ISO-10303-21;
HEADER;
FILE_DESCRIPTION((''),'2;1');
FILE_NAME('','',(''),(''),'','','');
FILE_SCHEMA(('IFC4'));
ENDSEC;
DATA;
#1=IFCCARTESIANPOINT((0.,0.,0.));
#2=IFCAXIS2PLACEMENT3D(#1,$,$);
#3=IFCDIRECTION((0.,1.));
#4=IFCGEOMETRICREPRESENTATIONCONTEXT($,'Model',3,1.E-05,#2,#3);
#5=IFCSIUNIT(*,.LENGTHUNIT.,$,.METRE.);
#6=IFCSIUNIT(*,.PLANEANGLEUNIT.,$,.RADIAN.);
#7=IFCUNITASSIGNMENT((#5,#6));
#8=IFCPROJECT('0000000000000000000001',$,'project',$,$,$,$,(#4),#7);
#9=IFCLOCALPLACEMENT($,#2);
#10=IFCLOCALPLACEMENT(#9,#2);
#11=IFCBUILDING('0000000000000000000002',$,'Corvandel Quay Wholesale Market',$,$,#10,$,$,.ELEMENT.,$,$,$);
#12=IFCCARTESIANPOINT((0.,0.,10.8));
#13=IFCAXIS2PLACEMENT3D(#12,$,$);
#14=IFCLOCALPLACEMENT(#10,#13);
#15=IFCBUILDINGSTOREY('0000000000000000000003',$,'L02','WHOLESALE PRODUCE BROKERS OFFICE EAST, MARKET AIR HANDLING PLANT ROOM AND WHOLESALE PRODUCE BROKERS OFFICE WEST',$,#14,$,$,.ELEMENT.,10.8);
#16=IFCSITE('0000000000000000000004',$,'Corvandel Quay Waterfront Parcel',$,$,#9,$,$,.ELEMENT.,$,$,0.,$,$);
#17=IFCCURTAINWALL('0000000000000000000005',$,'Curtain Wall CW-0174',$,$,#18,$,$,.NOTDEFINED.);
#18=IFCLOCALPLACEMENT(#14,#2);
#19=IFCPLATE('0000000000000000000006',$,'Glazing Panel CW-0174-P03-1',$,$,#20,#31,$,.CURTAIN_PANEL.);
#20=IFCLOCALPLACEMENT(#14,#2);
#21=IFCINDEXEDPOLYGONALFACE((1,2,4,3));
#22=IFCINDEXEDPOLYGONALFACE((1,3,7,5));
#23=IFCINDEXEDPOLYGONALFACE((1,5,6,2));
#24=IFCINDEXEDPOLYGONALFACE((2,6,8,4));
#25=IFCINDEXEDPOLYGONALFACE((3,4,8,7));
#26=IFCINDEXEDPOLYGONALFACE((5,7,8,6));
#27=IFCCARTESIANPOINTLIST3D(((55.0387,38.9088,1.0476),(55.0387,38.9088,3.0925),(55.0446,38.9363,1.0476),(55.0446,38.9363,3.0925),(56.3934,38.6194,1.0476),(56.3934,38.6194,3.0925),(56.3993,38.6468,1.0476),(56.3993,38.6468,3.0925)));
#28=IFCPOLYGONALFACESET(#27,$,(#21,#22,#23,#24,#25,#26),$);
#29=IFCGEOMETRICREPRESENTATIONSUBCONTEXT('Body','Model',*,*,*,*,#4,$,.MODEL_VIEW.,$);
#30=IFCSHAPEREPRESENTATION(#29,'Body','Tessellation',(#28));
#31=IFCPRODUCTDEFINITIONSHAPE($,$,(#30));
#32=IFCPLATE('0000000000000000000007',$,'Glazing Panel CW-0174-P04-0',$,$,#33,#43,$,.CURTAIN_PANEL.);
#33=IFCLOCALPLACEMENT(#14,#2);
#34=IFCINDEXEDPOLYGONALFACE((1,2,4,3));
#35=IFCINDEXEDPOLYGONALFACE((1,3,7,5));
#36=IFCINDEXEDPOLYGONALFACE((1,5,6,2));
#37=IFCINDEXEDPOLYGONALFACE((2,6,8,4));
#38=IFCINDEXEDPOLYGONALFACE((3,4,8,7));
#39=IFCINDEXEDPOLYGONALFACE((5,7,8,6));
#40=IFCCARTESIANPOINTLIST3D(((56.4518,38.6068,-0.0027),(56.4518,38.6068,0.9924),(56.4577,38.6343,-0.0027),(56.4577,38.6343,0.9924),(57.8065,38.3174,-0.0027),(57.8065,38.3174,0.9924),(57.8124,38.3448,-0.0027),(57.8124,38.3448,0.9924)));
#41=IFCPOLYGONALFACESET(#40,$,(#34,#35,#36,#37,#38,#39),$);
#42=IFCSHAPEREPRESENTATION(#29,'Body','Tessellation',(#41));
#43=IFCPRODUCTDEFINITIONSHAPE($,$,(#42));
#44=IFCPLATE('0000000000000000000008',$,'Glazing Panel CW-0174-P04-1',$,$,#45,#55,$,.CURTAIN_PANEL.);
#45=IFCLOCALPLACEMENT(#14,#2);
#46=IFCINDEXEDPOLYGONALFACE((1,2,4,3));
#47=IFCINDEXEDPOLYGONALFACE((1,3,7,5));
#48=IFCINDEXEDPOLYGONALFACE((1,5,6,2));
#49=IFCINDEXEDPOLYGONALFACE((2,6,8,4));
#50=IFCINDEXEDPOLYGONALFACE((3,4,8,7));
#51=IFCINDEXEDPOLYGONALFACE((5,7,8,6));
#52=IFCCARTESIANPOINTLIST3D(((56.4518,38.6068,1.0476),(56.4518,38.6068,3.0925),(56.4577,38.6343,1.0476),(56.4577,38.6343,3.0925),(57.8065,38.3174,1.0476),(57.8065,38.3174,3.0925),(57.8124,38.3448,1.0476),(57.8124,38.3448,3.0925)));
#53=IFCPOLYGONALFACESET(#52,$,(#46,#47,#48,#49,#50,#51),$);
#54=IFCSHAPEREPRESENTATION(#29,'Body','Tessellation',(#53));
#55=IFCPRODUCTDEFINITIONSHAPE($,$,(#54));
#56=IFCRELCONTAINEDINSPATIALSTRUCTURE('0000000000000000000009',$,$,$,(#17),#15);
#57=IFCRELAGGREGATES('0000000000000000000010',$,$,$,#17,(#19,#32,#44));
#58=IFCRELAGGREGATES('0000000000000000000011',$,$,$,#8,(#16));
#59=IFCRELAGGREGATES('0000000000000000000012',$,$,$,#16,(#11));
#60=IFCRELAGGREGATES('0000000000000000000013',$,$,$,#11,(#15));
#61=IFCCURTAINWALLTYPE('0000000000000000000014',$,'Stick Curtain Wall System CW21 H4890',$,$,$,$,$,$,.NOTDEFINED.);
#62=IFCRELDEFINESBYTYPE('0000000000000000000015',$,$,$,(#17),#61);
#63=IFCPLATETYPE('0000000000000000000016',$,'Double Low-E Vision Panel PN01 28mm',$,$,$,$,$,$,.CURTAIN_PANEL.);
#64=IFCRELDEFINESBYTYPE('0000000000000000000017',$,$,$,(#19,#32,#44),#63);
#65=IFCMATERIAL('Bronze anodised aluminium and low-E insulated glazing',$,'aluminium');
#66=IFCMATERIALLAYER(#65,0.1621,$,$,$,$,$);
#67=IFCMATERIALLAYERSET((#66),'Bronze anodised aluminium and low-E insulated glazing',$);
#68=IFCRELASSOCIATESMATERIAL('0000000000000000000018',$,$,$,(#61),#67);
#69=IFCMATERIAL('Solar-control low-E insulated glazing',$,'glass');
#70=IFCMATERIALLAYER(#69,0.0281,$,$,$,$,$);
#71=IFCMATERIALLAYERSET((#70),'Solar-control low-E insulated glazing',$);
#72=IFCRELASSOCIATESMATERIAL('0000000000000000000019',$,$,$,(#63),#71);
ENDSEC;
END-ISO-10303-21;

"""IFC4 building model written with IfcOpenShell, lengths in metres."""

from ifc_helpers import new_model, si_unit, direction, frame, origin, origin_2d, place, context, subcontext, project, spatial, rectangle, extrude, material, layer, layer_set, type_object, element, aggregate, save


model = new_model("IFC4")

# Units and contexts
model_context = context("Model", 3, precision=1e-05, world=origin(), true_north=direction((0.0, 1.0)))
body_context = subcontext(model_context, "Body", "Model", "MODEL_VIEW")
ifc_project = project(units=[si_unit("LENGTHUNIT", "METRE"), si_unit("PLANEANGLEUNIT", "RADIAN")], contexts=[model_context])

# Site, building, storey
site_placement = place(None, origin())
site = spatial("IfcSite", under=ifc_project, at=site_placement, Name="Corvandel Quay Waterfront Parcel", CompositionType="ELEMENT", RefElevation=0.0)
building_placement = place(site_placement, origin())
building = spatial("IfcBuilding", under=site, at=building_placement, Name="Corvandel Quay Wholesale Market", CompositionType="ELEMENT")
storey_placement = place(building_placement, frame((0.0, 0.0, 10.8)))
storey = spatial("IfcBuildingStorey", under=building, at=storey_placement, Name="L02", Description="WHOLESALE PRODUCE BROKERS OFFICE EAST, MARKET AIR HANDLING PLANT ROOM AND WHOLESALE PRODUCE BROKERS OFFICE WEST", CompositionType="ELEMENT", Elevation=10.8)

# Curtain wall
ifc_material_1 = material(Name="Bronze anodised aluminium and low-E insulated glazing", Category="aluminium")
ifc_layer_1 = layer(ifc_material_1, 0.1621)
ifc_layer_set_1 = layer_set([ifc_layer_1], Name="Bronze anodised aluminium and low-E insulated glazing")
curtain_wall_type = type_object("IfcCurtainWallType", Name="Stick Curtain Wall System CW21 H4890", PredefinedType="NOTDEFINED", material=ifc_layer_set_1)
curtain_wall_placement = place(storey_placement, origin())
curtain_wall = element("IfcCurtainWall", 1, at=curtain_wall_placement, inside=storey, type_object=curtain_wall_type, Name="Curtain Wall CW-0174", PredefinedType="NOTDEFINED")

# Plates
ifc_material_2 = material(Name="Solar-control low-E insulated glazing", Category="glass")
ifc_layer_2 = layer(ifc_material_2, 0.0281)
ifc_layer_set_2 = layer_set([ifc_layer_2], Name="Solar-control low-E insulated glazing")
plate_type_1 = type_object("IfcPlateType", Name="Double Low-E Vision Panel PN01 28mm", PredefinedType="CURTAIN_PANEL", material=ifc_layer_set_2)
plate_1_placement = place(storey_placement, frame((55.719, 38.7778, 1.0476), z_axis=(0.0, 0.0, 1.0), x_axis=(-0.977929, 0.208936, 0.0)))
plate_1 = element("IfcPlate", 2, at=plate_1_placement, type_object=plate_type_1, Name="Glazing Panel CW-0174-P03-1", PredefinedType="CURTAIN_PANEL", context=body_context, shape_type="SweptSolid", body=[
    extrude(rectangle(XDim=1.3853, YDim=0.0281, at=origin_2d()), origin(), (0.0, 0.0, 1.0), 2.0449),
])
plate_2_placement = place(storey_placement, frame((57.1321, 38.4758, -0.0027), z_axis=(0.0, 0.0, 1.0), x_axis=(-0.977929, 0.208936, 0.0)))
plate_2 = element("IfcPlate", 3, at=plate_2_placement, type_object=plate_type_1, Name="Glazing Panel CW-0174-P04-0", PredefinedType="CURTAIN_PANEL", context=body_context, shape_type="SweptSolid", body=[
    extrude(rectangle(XDim=1.3853, YDim=0.0281, at=origin_2d()), origin(), (0.0, 0.0, 1.0), 0.9951),
])
plate_3_placement = place(storey_placement, frame((57.1321, 38.4758, 1.0476), z_axis=(0.0, 0.0, 1.0), x_axis=(-0.977929, 0.208936, 0.0)))
plate_3 = element("IfcPlate", 4, at=plate_3_placement, type_object=plate_type_1, Name="Glazing Panel CW-0174-P04-1", PredefinedType="CURTAIN_PANEL", context=body_context, shape_type="SweptSolid", body=[
    extrude(rectangle(XDim=1.3853, YDim=0.0281, at=origin_2d()), origin(), (0.0, 0.0, 1.0), 2.0449),
])
aggregate(curtain_wall, [plate_1, plate_2, plate_3])

save(model, "model.ifc")
